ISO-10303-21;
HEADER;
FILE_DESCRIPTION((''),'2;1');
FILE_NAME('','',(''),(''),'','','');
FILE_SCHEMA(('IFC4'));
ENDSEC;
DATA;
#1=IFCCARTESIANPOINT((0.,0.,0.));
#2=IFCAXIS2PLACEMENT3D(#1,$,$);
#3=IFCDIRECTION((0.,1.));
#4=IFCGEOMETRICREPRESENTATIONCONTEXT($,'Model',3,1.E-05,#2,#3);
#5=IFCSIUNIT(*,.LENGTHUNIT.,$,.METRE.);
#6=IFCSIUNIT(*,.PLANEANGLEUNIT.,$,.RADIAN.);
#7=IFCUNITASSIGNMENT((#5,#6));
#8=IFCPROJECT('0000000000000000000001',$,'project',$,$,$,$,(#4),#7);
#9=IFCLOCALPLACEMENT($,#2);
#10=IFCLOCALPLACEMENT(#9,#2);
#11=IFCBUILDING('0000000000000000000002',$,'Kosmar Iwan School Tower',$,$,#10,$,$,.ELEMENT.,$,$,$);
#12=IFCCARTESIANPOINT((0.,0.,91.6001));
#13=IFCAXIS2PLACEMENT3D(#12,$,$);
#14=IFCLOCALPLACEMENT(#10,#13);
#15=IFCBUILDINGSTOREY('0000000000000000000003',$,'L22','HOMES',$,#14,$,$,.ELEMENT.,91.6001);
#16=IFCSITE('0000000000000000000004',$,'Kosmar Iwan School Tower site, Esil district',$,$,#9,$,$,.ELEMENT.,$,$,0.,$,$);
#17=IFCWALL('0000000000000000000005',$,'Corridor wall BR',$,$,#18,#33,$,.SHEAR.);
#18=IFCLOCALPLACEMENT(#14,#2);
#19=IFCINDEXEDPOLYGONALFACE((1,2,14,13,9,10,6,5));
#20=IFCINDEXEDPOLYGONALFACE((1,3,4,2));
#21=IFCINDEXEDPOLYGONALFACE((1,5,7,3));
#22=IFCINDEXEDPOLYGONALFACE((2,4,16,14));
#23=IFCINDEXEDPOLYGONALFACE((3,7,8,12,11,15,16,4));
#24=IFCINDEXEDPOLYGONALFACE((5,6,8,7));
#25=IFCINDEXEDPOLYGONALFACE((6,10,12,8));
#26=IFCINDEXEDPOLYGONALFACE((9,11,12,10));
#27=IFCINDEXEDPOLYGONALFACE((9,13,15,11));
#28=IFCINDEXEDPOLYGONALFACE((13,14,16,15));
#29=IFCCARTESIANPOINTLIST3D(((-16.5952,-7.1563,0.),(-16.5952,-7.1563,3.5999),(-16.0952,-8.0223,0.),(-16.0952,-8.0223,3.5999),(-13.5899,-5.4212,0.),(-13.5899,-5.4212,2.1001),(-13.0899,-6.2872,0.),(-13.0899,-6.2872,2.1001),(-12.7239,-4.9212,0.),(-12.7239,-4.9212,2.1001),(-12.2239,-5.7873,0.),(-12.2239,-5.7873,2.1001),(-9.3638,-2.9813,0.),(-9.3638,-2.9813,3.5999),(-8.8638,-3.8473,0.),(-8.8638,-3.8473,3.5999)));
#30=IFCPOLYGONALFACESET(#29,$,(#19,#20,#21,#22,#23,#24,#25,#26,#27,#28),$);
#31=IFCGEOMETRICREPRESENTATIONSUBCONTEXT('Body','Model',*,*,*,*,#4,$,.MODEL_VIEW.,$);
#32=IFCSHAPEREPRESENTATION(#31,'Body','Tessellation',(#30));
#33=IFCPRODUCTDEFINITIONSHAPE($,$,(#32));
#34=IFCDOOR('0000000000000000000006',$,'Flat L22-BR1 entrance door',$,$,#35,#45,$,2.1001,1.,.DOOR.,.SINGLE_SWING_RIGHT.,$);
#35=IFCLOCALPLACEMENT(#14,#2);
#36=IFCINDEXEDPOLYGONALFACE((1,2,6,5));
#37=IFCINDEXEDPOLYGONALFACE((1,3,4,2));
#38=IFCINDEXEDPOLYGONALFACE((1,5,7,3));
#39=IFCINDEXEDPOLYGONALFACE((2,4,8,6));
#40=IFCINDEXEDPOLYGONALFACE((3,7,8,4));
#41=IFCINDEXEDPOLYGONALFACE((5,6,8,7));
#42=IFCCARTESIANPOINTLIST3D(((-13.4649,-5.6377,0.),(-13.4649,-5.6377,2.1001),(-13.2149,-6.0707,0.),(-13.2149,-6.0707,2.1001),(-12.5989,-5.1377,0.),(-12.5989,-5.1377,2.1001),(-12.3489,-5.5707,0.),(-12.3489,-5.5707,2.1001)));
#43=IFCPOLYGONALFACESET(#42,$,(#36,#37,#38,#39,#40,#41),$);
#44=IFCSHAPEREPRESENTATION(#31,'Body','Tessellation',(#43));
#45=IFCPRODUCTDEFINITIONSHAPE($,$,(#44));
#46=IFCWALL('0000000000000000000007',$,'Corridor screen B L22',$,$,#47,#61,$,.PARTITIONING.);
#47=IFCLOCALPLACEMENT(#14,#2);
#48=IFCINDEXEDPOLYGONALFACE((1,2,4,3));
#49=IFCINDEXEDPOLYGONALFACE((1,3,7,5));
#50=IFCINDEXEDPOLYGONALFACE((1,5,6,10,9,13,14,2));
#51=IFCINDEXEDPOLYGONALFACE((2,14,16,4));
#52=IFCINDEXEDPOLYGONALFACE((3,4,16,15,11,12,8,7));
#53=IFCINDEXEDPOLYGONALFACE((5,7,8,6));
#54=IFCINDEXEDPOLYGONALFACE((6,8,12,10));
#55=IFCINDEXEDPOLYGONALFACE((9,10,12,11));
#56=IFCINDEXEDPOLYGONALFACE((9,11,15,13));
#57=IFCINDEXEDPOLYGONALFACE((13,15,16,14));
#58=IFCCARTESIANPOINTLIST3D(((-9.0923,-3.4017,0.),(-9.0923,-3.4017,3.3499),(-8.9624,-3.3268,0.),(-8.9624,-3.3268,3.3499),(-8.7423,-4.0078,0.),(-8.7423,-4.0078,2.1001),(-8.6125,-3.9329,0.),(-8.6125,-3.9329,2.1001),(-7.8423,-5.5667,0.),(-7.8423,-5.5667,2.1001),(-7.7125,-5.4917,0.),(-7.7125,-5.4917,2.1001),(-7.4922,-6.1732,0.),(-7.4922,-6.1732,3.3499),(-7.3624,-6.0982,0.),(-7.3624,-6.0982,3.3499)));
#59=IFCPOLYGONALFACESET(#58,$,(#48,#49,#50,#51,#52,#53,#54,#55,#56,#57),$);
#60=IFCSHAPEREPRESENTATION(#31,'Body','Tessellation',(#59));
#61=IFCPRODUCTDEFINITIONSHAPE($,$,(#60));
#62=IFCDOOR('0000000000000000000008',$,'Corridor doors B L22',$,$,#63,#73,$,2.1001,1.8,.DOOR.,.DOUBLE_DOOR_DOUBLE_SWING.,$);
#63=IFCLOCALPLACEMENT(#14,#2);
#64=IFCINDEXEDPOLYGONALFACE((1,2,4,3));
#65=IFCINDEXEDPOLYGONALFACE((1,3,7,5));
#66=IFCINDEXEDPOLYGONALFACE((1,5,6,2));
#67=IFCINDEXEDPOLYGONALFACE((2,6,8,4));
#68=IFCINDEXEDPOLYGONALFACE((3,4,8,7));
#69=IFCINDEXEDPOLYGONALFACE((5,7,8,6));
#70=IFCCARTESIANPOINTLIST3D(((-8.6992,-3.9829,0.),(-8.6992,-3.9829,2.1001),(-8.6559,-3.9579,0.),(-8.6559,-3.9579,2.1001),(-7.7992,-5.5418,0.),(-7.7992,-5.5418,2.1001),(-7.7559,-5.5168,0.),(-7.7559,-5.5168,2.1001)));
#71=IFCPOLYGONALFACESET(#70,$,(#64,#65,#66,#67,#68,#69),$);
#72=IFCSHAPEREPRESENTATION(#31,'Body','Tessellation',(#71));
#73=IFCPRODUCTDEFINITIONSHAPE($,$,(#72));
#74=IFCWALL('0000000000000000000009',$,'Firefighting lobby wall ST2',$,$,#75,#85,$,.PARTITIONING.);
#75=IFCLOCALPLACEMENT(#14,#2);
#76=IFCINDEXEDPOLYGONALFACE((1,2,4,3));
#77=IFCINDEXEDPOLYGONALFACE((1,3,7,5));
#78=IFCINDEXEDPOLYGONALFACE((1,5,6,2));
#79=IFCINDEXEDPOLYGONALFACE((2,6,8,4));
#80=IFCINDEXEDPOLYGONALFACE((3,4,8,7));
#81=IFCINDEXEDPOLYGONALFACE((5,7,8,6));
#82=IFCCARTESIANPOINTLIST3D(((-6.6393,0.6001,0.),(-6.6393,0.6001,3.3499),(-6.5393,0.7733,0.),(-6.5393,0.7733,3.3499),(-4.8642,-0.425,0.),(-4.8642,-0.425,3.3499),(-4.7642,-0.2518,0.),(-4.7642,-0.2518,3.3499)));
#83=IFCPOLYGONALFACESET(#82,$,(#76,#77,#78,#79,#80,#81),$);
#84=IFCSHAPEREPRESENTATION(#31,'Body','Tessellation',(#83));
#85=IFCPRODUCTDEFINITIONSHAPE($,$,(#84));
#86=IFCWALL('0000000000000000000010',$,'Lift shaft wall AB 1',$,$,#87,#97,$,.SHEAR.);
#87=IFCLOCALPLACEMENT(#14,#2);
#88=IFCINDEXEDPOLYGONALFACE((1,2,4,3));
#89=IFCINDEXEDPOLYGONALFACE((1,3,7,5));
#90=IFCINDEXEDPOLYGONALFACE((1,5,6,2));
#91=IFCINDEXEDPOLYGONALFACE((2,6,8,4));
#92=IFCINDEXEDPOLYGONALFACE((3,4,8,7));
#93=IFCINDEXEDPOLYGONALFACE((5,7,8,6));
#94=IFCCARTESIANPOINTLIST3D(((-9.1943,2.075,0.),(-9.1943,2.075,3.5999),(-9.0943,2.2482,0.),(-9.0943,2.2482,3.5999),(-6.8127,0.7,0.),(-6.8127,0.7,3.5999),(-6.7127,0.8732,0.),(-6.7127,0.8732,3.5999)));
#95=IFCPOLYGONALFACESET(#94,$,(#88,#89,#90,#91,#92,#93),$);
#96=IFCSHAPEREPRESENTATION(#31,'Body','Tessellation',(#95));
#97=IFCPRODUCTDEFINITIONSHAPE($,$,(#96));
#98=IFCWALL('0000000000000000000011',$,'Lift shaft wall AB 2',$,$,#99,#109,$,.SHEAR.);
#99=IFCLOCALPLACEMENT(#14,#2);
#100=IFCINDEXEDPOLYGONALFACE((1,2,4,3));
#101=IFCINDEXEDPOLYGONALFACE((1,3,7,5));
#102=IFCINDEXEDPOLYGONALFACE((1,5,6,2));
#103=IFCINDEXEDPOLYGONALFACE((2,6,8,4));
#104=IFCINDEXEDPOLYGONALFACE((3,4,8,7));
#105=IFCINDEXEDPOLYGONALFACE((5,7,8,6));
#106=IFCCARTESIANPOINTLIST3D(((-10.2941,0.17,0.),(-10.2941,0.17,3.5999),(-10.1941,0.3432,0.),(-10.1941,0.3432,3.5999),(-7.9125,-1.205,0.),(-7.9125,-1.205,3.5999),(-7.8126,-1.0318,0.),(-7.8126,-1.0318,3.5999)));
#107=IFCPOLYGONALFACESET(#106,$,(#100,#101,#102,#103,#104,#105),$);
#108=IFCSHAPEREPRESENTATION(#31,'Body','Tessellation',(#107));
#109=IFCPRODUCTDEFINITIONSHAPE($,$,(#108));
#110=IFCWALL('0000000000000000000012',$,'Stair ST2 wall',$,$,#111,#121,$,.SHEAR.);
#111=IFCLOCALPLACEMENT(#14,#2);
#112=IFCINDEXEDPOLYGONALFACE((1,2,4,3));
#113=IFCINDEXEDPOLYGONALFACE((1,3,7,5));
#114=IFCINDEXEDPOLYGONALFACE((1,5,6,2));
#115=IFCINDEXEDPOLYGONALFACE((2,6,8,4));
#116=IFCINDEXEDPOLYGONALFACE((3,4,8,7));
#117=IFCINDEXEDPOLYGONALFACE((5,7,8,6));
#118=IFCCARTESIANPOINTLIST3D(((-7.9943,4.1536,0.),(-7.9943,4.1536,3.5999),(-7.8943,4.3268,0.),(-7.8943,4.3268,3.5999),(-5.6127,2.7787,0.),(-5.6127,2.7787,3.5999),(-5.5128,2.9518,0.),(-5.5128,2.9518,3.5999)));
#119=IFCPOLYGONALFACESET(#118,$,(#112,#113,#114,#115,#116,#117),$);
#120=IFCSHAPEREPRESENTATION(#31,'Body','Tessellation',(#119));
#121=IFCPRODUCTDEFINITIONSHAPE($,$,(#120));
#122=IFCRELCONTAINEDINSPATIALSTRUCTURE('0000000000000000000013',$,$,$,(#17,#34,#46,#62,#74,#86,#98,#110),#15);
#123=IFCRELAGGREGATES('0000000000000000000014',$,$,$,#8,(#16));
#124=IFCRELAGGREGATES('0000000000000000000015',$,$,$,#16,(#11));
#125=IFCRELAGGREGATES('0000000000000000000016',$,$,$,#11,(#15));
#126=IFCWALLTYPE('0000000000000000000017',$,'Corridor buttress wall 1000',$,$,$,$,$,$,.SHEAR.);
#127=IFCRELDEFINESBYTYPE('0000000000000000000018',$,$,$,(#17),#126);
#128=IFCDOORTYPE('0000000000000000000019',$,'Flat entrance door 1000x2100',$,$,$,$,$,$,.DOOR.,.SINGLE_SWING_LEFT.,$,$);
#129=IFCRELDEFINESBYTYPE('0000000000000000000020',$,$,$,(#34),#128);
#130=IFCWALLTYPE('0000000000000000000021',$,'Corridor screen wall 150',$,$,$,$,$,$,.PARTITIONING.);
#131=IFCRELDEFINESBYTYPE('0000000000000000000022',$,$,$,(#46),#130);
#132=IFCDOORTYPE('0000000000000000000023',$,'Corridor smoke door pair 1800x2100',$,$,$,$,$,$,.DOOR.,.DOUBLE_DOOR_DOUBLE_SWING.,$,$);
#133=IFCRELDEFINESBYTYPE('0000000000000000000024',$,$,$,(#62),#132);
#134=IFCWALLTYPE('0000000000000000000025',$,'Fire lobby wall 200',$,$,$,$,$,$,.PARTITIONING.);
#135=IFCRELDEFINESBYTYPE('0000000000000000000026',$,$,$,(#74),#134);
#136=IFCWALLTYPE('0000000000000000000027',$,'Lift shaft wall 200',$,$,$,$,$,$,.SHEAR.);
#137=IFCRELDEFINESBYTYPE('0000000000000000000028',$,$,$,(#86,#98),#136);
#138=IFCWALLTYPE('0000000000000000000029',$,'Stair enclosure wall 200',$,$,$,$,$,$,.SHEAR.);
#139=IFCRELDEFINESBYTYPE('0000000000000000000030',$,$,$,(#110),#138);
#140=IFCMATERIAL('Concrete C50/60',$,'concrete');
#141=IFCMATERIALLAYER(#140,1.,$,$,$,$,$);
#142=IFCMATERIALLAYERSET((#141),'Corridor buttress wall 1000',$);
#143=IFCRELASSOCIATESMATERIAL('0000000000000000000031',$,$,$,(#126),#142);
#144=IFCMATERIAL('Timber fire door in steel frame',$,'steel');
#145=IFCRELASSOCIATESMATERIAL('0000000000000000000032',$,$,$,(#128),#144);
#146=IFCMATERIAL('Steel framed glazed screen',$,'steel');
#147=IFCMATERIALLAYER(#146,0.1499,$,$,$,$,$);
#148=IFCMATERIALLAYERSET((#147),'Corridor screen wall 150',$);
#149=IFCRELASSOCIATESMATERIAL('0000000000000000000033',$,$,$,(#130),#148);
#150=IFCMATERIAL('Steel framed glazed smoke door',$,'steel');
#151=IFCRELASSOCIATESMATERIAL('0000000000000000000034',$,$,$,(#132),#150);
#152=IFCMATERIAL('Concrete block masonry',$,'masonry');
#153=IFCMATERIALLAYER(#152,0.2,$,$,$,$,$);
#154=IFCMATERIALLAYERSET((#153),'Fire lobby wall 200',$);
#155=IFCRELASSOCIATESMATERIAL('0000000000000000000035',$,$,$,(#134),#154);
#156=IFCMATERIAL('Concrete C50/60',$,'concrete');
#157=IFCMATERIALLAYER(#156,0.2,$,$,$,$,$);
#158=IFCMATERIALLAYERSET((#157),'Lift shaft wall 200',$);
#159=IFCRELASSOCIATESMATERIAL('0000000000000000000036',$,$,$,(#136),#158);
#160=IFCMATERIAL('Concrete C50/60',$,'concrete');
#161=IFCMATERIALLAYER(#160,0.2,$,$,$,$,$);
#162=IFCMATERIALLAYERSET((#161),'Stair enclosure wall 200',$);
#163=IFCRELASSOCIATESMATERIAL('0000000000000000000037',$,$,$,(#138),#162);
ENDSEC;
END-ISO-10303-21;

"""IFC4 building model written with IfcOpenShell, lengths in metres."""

from ifc_helpers import new_model, si_unit, direction, frame, frame_2d, origin, place, context, subcontext, project, spatial, rectangle, extrude, material, layer, layer_set, type_object, element, fill, save


model = new_model("IFC4")

# Units and contexts
model_context = context("Model", 3, precision=1e-05, world=origin(), true_north=direction((0.0, 1.0)))
body_context = subcontext(model_context, "Body", "Model", "MODEL_VIEW")
ifc_project = project(units=[si_unit("LENGTHUNIT", "METRE"), si_unit("PLANEANGLEUNIT", "RADIAN")], contexts=[model_context])

# Site, building, storey
site_placement = place(None, origin())
site = spatial("IfcSite", under=ifc_project, at=site_placement, Name="Kosmar Iwan School Tower site, Esil district", CompositionType="ELEMENT", RefElevation=0.0)
building_placement = place(site_placement, origin())
building = spatial("IfcBuilding", under=site, at=building_placement, Name="Kosmar Iwan School Tower", CompositionType="ELEMENT")
storey_placement = place(building_placement, frame((0.0, 0.0, 91.6001)))
storey = spatial("IfcBuildingStorey", under=building, at=storey_placement, Name="L22", Description="HOMES", CompositionType="ELEMENT", Elevation=91.6001)

# Walls, openings, doors
ifc_material_1 = material(Name="Concrete C50/60", Category="concrete")
ifc_layer_1 = layer(ifc_material_1, 1.0)
ifc_layer_set_1 = layer_set([ifc_layer_1], Name="Corridor buttress wall 1000")
wall_type_1 = type_object("IfcWallType", Name="Corridor buttress wall 1000", PredefinedType="SHEAR", material=ifc_layer_set_1)
wall_1_placement = place(storey_placement, frame((-9.1138, -3.4143, 0.0), z_axis=(0.0, 0.0, 1.0), x_axis=(-0.866027, -0.499997, 0.0)))
wall_1 = element("IfcWall", 1, at=wall_1_placement, inside=storey, type_object=wall_type_1, Name="Corridor wall BR", PredefinedType="SHEAR", context=body_context, shape_type="SweptSolid", body=[
    extrude(rectangle(XDim=8.3501, YDim=1.0, at=frame_2d((4.175, 0.0))), origin(), (0.0, 0.0, 1.0), 3.5999),
])
opening_1_placement = place(wall_1_placement, frame((3.8799, 0.0, 0.0)))
opening_1 = element("IfcOpeningElement", 2, at=opening_1_placement, cuts=wall_1, PredefinedType="OPENING", context=body_context, shape_type="SweptSolid", body=[
    extrude(rectangle(XDim=1.0, YDim=2.1001, at=frame_2d((0.5, 1.05))), frame((0.0, 0.512, 0.0), z_axis=(0.0, -1.0, 0.0), x_axis=(1.0, 0.0, 0.0)), (0.0, 0.0, 1.0), 1.0239),
])
ifc_material_2 = material(Name="Timber fire door in steel frame", Category="steel")
door_type_1 = type_object("IfcDoorType", Name="Flat entrance door 1000x2100", OperationType="SINGLE_SWING_LEFT", PredefinedType="DOOR", material=ifc_material_2)
door_1_placement = place(opening_1_placement, origin())
door_1 = element("IfcDoor", 3, at=door_1_placement, inside=storey, type_object=door_type_1, Name="Flat L22-BR1 entrance door", OperationType="SINGLE_SWING_RIGHT", OverallHeight=2.1001, OverallWidth=1.0, PredefinedType="DOOR", context=body_context, shape_type="SweptSolid", body=[
    extrude(rectangle(XDim=1.0, YDim=2.1001, at=frame_2d((0.5, 1.05))), frame((0.0, 0.25, 0.0), z_axis=(0.0, -1.0, 0.0), x_axis=(1.0, 0.0, 0.0)), (0.0, 0.0, 1.0), 0.5),
])
fill(opening_1, door_1)
ifc_material_3 = material(Name="Steel framed glazed screen", Category="steel")
ifc_layer_2 = layer(ifc_material_3, 0.1499)
ifc_layer_set_2 = layer_set([ifc_layer_2], Name="Corridor screen wall 150")
wall_type_2 = type_object("IfcWallType", Name="Corridor screen wall 150", PredefinedType="PARTITIONING", material=ifc_layer_set_2)
wall_2_placement = place(storey_placement, frame((-9.0273, -3.3643, 0.0), z_axis=(0.0, 0.0, 1.0), x_axis=(0.499995, -0.866028, 0.0)))
wall_2 = element("IfcWall", 4, at=wall_2_placement, inside=storey, type_object=wall_type_2, Name="Corridor screen B L22", PredefinedType="PARTITIONING", context=body_context, shape_type="SweptSolid", body=[
    extrude(rectangle(XDim=3.2002, YDim=0.1499, at=frame_2d((1.6001, 0.0))), origin(), (0.0, 0.0, 1.0), 3.3499),
])
opening_2_placement = place(wall_2_placement, frame((0.7, 0.0, 0.0)))
opening_2 = element("IfcOpeningElement", 5, at=opening_2_placement, cuts=wall_2, PredefinedType="OPENING", context=body_context, shape_type="SweptSolid", body=[
    extrude(rectangle(XDim=1.8, YDim=2.1001, at=frame_2d((0.8999, 1.05))), frame((0.0, 0.0869, 0.0), z_axis=(0.0, -1.0, 0.0), x_axis=(1.0, 0.0, 0.0)), (0.0, 0.0, 1.0), 0.1738),
])
ifc_material_4 = material(Name="Steel framed glazed smoke door", Category="steel")
door_type_2 = type_object("IfcDoorType", Name="Corridor smoke door pair 1800x2100", OperationType="DOUBLE_DOOR_DOUBLE_SWING", PredefinedType="DOOR", material=ifc_material_4)
door_2_placement = place(opening_2_placement, origin())
door_2 = element("IfcDoor", 6, at=door_2_placement, inside=storey, type_object=door_type_2, Name="Corridor doors B L22", OperationType="DOUBLE_DOOR_DOUBLE_SWING", OverallHeight=2.1001, OverallWidth=1.8, PredefinedType="DOOR", context=body_context, shape_type="SweptSolid", body=[
    extrude(rectangle(XDim=1.8, YDim=2.1001, at=frame_2d((0.8999, 1.05))), frame((0.0, 0.0249, 0.0), z_axis=(0.0, -1.0, 0.0), x_axis=(1.0, 0.0, 0.0)), (0.0, 0.0, 1.0), 0.05),
])
fill(opening_2, door_2)

# Walls
ifc_material_5 = material(Name="Concrete block masonry", Category="masonry")
ifc_layer_3 = layer(ifc_material_5, 0.2)
ifc_layer_set_3 = layer_set([ifc_layer_3], Name="Fire lobby wall 200")
wall_type_3 = type_object("IfcWallType", Name="Fire lobby wall 200", PredefinedType="PARTITIONING", material=ifc_layer_set_3)
wall_3_placement = place(storey_placement, frame((-4.8142, -0.3384, 0.0), z_axis=(0.0, 0.0, 1.0), x_axis=(-0.865969, 0.500097, 0.0)))
element("IfcWall", 7, at=wall_3_placement, inside=storey, type_object=wall_type_3, Name="Firefighting lobby wall ST2", PredefinedType="PARTITIONING", context=body_context, shape_type="SweptSolid", body=[
    extrude(rectangle(XDim=2.0498, YDim=0.2, at=frame_2d((1.0249, 0.0))), origin(), (0.0, 0.0, 1.0), 3.3499),
])
ifc_material_6 = material(Name="Concrete C50/60", Category="concrete")
ifc_layer_4 = layer(ifc_material_6, 0.2)
ifc_layer_set_4 = layer_set([ifc_layer_4], Name="Lift shaft wall 200")
wall_type_4 = type_object("IfcWallType", Name="Lift shaft wall 200", PredefinedType="SHEAR", material=ifc_layer_set_4)
for number, where, z_axis, x_axis, name in (
    (8, (-6.7627, 0.7866, 0.0), (0.0, 0.0, 1.0), (-0.866027, 0.499997, 0.0), "Lift shaft wall AB 1"),
    (9, (-7.8625, -1.1184, 0.0), (0.0, 0.0, 1.0), (-0.866027, 0.499997, 0.0), "Lift shaft wall AB 2"),
):
    element("IfcWall", number, at=place(storey_placement, frame(where, z_axis=z_axis, x_axis=x_axis)), inside=storey, type_object=wall_type_4, Name=name, PredefinedType="SHEAR", context=body_context, shape_type="SweptSolid", body=[
        extrude(rectangle(XDim=2.75, YDim=0.2, at=frame_2d((1.375, 0.0))), origin(), (0.0, 0.0, 1.0), 3.5999),
    ])
ifc_material_7 = material(Name="Concrete C50/60", Category="concrete")
ifc_layer_5 = layer(ifc_material_7, 0.2)
ifc_layer_set_5 = layer_set([ifc_layer_5], Name="Stair enclosure wall 200")
wall_type_5 = type_object("IfcWallType", Name="Stair enclosure wall 200", PredefinedType="SHEAR", material=ifc_layer_set_5)
wall_4_placement = place(storey_placement, frame((-5.5627, 2.8652, 0.0), z_axis=(0.0, 0.0, 1.0), x_axis=(-0.866027, 0.499997, 0.0)))
element("IfcWall", 10, at=wall_4_placement, inside=storey, type_object=wall_type_5, Name="Stair ST2 wall", PredefinedType="SHEAR", context=body_context, shape_type="SweptSolid", body=[
    extrude(rectangle(XDim=2.75, YDim=0.2, at=frame_2d((1.375, 0.0))), origin(), (0.0, 0.0, 1.0), 3.5999),
])

save(model, "model.ifc")
